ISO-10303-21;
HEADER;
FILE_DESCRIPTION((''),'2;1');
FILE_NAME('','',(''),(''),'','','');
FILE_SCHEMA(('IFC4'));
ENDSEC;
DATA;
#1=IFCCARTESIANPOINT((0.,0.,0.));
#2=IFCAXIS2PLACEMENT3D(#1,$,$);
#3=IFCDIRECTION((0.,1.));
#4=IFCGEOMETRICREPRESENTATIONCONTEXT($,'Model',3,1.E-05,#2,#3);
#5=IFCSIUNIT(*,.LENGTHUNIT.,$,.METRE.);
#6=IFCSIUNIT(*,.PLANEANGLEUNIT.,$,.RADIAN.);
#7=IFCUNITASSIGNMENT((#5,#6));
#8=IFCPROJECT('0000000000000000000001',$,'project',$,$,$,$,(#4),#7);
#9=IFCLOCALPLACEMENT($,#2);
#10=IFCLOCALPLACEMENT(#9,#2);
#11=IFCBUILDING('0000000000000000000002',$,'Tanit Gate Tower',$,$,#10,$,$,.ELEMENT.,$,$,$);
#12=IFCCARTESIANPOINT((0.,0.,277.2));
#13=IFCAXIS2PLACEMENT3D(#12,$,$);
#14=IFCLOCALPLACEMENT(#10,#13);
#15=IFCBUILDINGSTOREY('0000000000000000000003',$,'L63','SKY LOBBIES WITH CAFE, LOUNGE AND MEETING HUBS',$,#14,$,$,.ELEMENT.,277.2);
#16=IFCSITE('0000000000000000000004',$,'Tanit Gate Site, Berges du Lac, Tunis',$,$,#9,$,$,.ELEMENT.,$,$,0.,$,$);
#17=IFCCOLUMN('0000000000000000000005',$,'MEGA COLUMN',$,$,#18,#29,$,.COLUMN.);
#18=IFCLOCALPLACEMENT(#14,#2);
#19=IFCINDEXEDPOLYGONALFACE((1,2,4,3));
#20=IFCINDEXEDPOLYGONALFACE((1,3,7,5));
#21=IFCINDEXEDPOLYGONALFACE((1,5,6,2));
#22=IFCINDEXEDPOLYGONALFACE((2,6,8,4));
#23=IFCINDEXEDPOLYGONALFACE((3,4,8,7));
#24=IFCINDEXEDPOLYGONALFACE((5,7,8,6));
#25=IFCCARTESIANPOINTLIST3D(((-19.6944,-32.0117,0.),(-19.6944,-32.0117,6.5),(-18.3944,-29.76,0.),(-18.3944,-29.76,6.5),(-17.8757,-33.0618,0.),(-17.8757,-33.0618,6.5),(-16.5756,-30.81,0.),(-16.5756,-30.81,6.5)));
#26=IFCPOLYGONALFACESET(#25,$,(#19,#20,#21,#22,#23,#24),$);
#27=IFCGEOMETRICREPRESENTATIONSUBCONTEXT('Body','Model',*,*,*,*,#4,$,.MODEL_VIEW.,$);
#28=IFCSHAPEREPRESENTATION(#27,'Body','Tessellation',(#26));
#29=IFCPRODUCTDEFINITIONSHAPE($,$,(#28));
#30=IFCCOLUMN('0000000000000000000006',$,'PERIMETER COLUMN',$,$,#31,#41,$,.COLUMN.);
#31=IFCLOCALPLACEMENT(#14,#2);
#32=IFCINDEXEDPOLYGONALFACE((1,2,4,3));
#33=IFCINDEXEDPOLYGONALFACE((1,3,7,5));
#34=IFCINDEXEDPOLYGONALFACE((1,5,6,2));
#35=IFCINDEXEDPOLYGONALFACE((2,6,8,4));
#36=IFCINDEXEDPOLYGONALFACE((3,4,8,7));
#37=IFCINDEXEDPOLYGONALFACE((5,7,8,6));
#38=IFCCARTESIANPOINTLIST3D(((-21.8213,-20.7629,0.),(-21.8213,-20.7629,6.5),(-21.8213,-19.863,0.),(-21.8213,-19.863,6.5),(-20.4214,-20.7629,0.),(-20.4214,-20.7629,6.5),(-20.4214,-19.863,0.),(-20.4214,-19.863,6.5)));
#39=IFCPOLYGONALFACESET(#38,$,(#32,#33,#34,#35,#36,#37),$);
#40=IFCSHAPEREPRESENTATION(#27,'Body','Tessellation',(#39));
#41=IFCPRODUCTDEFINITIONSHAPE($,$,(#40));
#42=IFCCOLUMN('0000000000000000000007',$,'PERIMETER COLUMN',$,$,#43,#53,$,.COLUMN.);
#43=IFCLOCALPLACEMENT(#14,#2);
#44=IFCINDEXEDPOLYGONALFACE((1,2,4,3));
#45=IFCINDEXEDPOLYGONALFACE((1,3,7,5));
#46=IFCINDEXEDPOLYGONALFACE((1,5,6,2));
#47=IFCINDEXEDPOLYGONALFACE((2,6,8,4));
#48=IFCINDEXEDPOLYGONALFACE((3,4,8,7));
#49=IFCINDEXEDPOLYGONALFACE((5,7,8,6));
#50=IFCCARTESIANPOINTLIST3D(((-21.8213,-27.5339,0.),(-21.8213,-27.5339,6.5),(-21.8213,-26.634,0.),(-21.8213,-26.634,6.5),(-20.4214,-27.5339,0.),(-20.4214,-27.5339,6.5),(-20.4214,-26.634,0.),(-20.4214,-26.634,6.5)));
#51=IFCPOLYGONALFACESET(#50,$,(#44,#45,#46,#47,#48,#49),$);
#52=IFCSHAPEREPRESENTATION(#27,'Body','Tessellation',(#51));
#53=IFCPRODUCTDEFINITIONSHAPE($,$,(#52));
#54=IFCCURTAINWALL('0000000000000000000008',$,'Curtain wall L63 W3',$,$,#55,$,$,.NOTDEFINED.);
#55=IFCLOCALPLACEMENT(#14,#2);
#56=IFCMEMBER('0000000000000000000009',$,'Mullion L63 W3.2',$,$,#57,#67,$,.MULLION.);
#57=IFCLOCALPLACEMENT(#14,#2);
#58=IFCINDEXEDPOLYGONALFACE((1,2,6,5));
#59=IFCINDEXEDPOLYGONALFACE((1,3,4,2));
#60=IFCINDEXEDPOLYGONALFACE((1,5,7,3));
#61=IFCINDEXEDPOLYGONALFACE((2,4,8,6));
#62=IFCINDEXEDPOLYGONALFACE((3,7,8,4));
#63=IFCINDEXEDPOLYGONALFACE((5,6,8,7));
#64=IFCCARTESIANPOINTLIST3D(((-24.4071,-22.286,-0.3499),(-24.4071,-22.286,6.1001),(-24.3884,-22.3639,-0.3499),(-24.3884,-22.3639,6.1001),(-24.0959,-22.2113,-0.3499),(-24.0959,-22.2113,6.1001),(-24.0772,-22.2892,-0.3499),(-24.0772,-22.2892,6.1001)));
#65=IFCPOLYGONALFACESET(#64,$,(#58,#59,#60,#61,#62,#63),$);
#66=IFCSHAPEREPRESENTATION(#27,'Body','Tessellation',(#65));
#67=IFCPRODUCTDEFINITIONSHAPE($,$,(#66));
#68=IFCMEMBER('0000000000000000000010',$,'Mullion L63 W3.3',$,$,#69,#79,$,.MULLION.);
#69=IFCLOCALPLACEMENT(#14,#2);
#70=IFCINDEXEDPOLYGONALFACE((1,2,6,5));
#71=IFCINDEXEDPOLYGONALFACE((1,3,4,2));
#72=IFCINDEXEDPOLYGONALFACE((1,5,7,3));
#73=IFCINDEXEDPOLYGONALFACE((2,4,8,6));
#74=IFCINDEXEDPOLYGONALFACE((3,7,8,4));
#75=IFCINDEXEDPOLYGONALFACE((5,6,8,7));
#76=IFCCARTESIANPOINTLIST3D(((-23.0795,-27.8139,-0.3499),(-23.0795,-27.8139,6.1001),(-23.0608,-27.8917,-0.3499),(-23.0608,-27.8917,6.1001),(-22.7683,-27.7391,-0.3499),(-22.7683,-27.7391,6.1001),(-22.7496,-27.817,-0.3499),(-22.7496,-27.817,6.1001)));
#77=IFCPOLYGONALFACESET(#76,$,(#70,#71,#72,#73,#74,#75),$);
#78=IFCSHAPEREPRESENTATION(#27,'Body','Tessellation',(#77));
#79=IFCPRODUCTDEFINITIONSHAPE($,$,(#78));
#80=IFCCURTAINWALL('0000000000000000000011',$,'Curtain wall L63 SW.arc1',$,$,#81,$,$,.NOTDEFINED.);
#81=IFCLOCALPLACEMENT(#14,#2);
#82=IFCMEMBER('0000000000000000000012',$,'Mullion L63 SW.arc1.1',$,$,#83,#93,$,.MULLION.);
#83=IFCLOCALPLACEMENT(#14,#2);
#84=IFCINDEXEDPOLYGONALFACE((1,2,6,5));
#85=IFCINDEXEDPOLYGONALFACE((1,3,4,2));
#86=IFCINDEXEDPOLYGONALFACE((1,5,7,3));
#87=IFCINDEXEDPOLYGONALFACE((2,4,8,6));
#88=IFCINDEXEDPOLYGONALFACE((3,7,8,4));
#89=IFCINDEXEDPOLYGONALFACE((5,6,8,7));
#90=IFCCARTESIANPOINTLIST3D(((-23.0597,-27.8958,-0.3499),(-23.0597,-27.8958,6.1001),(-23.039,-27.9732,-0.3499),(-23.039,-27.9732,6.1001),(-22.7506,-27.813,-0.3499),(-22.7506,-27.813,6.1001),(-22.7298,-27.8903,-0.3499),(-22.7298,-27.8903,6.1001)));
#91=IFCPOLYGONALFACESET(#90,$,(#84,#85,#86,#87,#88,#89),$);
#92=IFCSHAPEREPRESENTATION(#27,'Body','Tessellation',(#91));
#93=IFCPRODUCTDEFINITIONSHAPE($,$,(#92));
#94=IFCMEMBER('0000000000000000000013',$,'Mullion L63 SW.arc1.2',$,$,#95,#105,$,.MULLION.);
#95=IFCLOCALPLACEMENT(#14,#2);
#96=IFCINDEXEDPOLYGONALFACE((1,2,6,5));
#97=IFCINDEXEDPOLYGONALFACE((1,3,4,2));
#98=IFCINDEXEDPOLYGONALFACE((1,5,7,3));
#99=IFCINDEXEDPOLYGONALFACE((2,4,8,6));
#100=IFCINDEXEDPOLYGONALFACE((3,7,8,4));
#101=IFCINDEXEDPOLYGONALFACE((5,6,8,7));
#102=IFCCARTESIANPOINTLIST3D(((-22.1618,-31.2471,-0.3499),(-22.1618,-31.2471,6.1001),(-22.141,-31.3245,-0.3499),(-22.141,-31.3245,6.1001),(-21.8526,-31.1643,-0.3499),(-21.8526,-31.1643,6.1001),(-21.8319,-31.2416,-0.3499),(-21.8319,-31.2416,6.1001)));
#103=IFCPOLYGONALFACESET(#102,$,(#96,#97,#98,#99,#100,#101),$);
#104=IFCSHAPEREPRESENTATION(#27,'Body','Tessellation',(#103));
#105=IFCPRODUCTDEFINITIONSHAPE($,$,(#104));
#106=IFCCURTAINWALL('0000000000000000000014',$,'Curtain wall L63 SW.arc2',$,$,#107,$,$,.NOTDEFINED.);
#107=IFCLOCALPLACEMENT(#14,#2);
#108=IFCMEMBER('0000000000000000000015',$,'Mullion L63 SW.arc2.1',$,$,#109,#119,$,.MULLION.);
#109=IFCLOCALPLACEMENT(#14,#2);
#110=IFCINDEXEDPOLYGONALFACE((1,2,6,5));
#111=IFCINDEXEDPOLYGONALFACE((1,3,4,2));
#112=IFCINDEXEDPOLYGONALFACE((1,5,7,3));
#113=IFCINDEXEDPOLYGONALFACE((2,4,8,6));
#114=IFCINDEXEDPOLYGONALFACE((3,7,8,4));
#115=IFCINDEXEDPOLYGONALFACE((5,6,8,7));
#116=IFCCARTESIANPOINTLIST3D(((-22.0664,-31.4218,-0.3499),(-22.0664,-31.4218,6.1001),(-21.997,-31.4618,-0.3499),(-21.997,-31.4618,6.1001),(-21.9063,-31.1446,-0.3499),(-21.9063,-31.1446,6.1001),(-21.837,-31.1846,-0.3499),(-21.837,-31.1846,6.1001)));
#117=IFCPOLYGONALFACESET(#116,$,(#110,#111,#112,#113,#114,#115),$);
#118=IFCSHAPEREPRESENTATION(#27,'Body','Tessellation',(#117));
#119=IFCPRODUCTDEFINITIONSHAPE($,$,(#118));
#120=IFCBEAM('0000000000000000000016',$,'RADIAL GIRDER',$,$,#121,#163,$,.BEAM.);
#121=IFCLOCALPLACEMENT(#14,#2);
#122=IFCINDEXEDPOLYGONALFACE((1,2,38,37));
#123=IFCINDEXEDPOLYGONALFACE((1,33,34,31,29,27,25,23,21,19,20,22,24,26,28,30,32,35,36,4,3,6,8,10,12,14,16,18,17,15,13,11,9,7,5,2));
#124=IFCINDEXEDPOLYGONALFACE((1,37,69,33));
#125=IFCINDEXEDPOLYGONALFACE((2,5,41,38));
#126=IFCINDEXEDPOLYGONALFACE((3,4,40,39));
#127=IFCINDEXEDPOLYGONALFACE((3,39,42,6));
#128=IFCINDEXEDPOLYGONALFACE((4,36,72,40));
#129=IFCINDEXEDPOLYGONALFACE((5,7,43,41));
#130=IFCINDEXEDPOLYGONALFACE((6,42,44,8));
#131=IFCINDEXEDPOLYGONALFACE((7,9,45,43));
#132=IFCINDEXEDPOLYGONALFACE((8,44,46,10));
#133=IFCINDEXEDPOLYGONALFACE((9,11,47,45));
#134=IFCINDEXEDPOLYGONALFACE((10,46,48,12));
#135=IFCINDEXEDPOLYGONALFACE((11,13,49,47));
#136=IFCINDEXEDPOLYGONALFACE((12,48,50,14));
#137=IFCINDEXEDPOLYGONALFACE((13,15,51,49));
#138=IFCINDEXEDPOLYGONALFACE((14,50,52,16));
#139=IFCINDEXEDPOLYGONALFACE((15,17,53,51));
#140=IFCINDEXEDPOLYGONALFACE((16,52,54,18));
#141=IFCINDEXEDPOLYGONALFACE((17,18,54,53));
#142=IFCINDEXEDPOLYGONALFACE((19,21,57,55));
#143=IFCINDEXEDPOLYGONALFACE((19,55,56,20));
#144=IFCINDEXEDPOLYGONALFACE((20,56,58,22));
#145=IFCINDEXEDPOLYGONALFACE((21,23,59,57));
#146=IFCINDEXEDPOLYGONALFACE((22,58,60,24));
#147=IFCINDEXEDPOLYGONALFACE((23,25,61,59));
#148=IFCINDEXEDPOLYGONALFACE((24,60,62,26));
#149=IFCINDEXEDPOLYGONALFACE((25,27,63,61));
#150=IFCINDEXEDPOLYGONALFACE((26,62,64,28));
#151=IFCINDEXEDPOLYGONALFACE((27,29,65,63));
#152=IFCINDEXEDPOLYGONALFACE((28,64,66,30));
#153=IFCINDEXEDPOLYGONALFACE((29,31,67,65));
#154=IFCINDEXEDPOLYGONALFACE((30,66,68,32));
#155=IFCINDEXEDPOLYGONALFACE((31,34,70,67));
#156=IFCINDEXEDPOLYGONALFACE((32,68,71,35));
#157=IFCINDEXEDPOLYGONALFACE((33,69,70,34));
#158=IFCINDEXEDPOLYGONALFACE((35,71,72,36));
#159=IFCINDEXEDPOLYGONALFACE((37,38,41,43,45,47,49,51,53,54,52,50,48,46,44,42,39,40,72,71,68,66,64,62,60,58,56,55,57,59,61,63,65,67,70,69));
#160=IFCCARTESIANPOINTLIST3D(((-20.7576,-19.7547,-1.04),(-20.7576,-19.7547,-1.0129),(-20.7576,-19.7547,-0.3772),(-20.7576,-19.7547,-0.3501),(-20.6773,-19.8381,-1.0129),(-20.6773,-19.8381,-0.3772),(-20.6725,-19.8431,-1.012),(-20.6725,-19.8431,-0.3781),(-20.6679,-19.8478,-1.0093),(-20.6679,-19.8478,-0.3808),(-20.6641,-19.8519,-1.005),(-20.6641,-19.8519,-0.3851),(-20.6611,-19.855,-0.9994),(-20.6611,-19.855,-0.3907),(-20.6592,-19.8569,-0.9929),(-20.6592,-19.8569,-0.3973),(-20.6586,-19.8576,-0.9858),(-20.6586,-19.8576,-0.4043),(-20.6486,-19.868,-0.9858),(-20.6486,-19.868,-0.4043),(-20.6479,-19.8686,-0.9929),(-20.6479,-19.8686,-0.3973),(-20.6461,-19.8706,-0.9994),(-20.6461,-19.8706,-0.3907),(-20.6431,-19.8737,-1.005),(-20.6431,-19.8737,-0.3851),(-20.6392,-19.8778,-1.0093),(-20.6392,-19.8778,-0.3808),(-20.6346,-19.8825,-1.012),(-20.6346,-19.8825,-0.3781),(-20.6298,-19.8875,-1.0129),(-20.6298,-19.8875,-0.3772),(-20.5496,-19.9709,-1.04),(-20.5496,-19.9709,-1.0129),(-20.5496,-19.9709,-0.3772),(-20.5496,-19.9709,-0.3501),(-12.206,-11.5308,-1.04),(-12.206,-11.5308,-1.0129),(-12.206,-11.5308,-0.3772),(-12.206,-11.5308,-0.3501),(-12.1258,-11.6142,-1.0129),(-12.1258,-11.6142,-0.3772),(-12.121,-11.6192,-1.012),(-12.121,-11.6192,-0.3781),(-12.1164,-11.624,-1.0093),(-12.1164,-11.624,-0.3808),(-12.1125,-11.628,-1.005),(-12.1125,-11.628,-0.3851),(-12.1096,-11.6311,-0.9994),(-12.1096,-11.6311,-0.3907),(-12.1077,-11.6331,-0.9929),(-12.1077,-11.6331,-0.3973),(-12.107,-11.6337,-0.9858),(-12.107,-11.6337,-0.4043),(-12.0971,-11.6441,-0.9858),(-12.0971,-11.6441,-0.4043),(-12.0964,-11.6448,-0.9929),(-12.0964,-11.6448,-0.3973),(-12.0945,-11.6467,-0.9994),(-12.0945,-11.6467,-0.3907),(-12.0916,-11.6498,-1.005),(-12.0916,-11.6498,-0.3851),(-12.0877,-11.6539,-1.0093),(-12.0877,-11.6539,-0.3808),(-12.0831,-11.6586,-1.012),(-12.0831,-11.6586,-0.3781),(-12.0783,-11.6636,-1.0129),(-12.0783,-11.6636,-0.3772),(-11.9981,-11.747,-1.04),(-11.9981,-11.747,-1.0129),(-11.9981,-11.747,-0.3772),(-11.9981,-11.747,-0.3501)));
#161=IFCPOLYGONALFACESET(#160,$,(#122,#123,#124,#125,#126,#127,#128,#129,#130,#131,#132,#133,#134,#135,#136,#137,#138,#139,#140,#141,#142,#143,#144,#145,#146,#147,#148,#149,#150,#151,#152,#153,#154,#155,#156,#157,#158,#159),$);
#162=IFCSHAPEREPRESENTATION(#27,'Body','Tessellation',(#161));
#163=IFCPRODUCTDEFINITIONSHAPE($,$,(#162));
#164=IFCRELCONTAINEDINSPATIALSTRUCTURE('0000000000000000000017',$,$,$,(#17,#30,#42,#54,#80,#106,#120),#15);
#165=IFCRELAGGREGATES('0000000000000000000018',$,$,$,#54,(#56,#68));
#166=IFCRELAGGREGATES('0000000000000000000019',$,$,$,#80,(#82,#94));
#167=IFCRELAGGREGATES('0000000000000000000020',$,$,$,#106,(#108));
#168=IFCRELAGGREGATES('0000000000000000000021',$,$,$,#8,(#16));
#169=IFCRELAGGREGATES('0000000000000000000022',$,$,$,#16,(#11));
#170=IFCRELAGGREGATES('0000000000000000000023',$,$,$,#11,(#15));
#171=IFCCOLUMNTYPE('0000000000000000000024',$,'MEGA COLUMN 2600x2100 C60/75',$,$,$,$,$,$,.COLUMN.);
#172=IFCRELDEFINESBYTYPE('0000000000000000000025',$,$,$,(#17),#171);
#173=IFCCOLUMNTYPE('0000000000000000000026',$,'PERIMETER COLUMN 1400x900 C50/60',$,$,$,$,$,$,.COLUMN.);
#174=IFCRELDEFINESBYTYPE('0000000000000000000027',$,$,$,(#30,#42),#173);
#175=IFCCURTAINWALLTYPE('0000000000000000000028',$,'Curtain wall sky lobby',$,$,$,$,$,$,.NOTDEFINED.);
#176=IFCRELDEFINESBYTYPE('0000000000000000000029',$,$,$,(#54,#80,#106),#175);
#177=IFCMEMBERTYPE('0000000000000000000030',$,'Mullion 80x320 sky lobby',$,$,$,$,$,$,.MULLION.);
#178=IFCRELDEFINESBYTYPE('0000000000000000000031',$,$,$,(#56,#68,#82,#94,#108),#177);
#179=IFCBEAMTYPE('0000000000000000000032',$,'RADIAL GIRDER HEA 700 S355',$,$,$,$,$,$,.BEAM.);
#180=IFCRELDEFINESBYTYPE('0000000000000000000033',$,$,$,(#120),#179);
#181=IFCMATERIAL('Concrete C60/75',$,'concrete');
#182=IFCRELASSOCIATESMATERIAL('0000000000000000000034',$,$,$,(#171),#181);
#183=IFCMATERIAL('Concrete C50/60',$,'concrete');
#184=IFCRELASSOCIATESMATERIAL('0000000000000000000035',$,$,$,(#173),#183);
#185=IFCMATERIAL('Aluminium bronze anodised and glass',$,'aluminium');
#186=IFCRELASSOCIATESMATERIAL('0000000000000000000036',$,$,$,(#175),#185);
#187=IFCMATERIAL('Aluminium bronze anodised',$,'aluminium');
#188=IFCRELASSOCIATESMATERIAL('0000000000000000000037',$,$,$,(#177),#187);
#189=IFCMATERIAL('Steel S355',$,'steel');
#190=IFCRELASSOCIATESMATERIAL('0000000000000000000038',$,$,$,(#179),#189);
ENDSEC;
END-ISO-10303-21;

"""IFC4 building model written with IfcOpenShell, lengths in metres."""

from ifc_helpers import new_model, si_unit, direction, frame, origin, origin_2d, place, context, subcontext, project, spatial, rectangle, i_section, extrude, material, material_profile, profile_set, type_object, element, aggregate, save


model = new_model("IFC4")

# Units and contexts
model_context = context("Model", 3, precision=1e-05, world=origin(), true_north=direction((0.0, 1.0)))
body_context = subcontext(model_context, "Body", "Model", "MODEL_VIEW")
ifc_project = project(units=[si_unit("LENGTHUNIT", "METRE"), si_unit("PLANEANGLEUNIT", "RADIAN")], contexts=[model_context])

# Site, building, storey
site_placement = place(None, origin())
site = spatial("IfcSite", under=ifc_project, at=site_placement, Name="Tanit Gate Site, Berges du Lac, Tunis", CompositionType="ELEMENT", RefElevation=0.0)
building_placement = place(site_placement, origin())
building = spatial("IfcBuilding", under=site, at=building_placement, Name="Tanit Gate Tower", CompositionType="ELEMENT")
storey_placement = place(building_placement, frame((0.0, 0.0, 277.2)))
storey = spatial("IfcBuildingStorey", under=building, at=storey_placement, Name="L63", Description="SKY LOBBIES WITH CAFE, LOUNGE AND MEETING HUBS", CompositionType="ELEMENT", Elevation=277.2)

# Columns
ifc_material_1 = material(Name="Concrete C60/75", Category="concrete")
ifc_material_profile_1 = material_profile(ifc_material_1, rectangle(XDim=2.6001, YDim=2.1001, at=origin_2d()), Name="RC 2600x2100")
ifc_profile_set_1 = profile_set([ifc_material_profile_1], Name="Concrete C60/75")
column_type_1 = type_object("IfcColumnType", Name="MEGA COLUMN 2600x2100 C60/75", PredefinedType="COLUMN", material=ifc_profile_set_1)
column_placement = place(storey_placement, frame((-18.135, -31.4109, 0.0), z_axis=(0.0, 0.0, 1.0), x_axis=(-0.5, -0.866025, 0.0)))
element("IfcColumn", 1, at=column_placement, inside=storey, type_object=column_type_1, Name="MEGA COLUMN", PredefinedType="COLUMN", context=body_context, shape_type="SweptSolid", body=[
    extrude(rectangle(XDim=2.6001, YDim=2.1001, at=origin_2d()), origin(), (0.0, 0.0, 1.0), 6.5),
])
ifc_material_2 = material(Name="Concrete C50/60", Category="concrete")
ifc_material_profile_2 = material_profile(ifc_material_2, rectangle(XDim=1.3999, YDim=0.8999, at=origin_2d()), Name="RC 1400x900")
ifc_profile_set_2 = profile_set([ifc_material_profile_2], Name="Concrete C50/60")
column_type_2 = type_object("IfcColumnType", Name="PERIMETER COLUMN 1400x900 C50/60", PredefinedType="COLUMN", material=ifc_profile_set_2)
for number, where, z_axis, x_axis, name in (
    (2, (-21.1213, -20.313, 0.0), (0.0, 0.0, 1.0), (-1.0, 0.0, 0.0), "PERIMETER COLUMN"),
    (3, (-21.1213, -27.084, 0.0), (0.0, 0.0, 1.0), (-1.0, 0.0, 0.0), "PERIMETER COLUMN"),
):
    element("IfcColumn", number, at=place(storey_placement, frame(where, z_axis=z_axis, x_axis=x_axis)), inside=storey, type_object=column_type_2, Name=name, PredefinedType="COLUMN", context=body_context, shape_type="SweptSolid", body=[
        extrude(rectangle(XDim=1.3999, YDim=0.8999, at=origin_2d()), origin(), (0.0, 0.0, 1.0), 6.5),
    ])

# Curtain walls, members
ifc_material_3 = material(Name="Aluminium bronze anodised and glass", Category="aluminium")
curtain_wall_type = type_object("IfcCurtainWallType", Name="Curtain wall sky lobby", PredefinedType="NOTDEFINED", material=ifc_material_3)
curtain_wall_1_placement = place(storey_placement, origin())
curtain_wall_1 = element("IfcCurtainWall", 4, at=curtain_wall_1_placement, inside=storey, type_object=curtain_wall_type, Name="Curtain wall L63 W3", PredefinedType="NOTDEFINED")
ifc_material_4 = material(Name="Aluminium bronze anodised", Category="aluminium")
ifc_material_profile_3 = material_profile(ifc_material_4, rectangle(XDim=0.3201, YDim=0.0801, at=origin_2d()), Name="80x320 bronze mullion")
ifc_profile_set_3 = profile_set([ifc_material_profile_3], Name="Aluminium bronze anodised")
member_type_1 = type_object("IfcMemberType", Name="Mullion 80x320 sky lobby", PredefinedType="MULLION", material=ifc_profile_set_3)
member_1_placement = place(storey_placement, frame((-24.2422, -22.2876, -0.3499), z_axis=(0.0, 0.0, 1.0), x_axis=(0.972347, 0.233542, 0.0)))
member_1 = element("IfcMember", 5, at=member_1_placement, type_object=member_type_1, Name="Mullion L63 W3.2", PredefinedType="MULLION", context=body_context, shape_type="SweptSolid", body=[
    extrude(rectangle(XDim=0.3201, YDim=0.0801, at=origin_2d()), origin(), (0.0, 0.0, 1.0), 6.45),
])
member_2_placement = place(storey_placement, frame((-22.9146, -27.8154, -0.3499), z_axis=(0.0, 0.0, 1.0), x_axis=(0.972347, 0.233542, 0.0)))
member_2 = element("IfcMember", 6, at=member_2_placement, type_object=member_type_1, Name="Mullion L63 W3.3", PredefinedType="MULLION", context=body_context, shape_type="SweptSolid", body=[
    extrude(rectangle(XDim=0.3201, YDim=0.0801, at=origin_2d()), origin(), (0.0, 0.0, 1.0), 6.45),
])
curtain_wall_2_placement = place(storey_placement, origin())
curtain_wall_2 = element("IfcCurtainWall", 7, at=curtain_wall_2_placement, inside=storey, type_object=curtain_wall_type, Name="Curtain wall L63 SW.arc1", PredefinedType="NOTDEFINED")
member_3_placement = place(storey_placement, frame((-22.8948, -27.8931, -0.3499), z_axis=(0.0, 0.0, 1.0), x_axis=(0.965926, 0.258819, 0.0)))
member_3 = element("IfcMember", 8, at=member_3_placement, type_object=member_type_1, Name="Mullion L63 SW.arc1.1", PredefinedType="MULLION", context=body_context, shape_type="SweptSolid", body=[
    extrude(rectangle(XDim=0.3201, YDim=0.0801, at=origin_2d()), origin(), (0.0, 0.0, 1.0), 6.45),
])
member_4_placement = place(storey_placement, frame((-21.9968, -31.2444, -0.3499), z_axis=(0.0, 0.0, 1.0), x_axis=(0.965926, 0.258819, 0.0)))
member_4 = element("IfcMember", 9, at=member_4_placement, type_object=member_type_1, Name="Mullion L63 SW.arc1.2", PredefinedType="MULLION", context=body_context, shape_type="SweptSolid", body=[
    extrude(rectangle(XDim=0.3201, YDim=0.0801, at=origin_2d()), origin(), (0.0, 0.0, 1.0), 6.45),
])

# Curtain wall, member
curtain_wall_3_placement = place(storey_placement, origin())
curtain_wall_3 = element("IfcCurtainWall", 10, at=curtain_wall_3_placement, inside=storey, type_object=curtain_wall_type, Name="Curtain wall L63 SW.arc2", PredefinedType="NOTDEFINED")
member_5_placement = place(storey_placement, frame((-21.9517, -31.3032, -0.3499), z_axis=(0.0, 0.0, 1.0), x_axis=(0.5, 0.866025, 0.0)))
member_5 = element("IfcMember", 11, at=member_5_placement, type_object=member_type_1, Name="Mullion L63 SW.arc2.1", PredefinedType="MULLION", context=body_context, shape_type="SweptSolid", body=[
    extrude(rectangle(XDim=0.3201, YDim=0.0801, at=origin_2d()), origin(), (0.0, 0.0, 1.0), 6.45),
])

# Beam
ifc_material_5 = material(Name="Steel S355", Category="steel")
ifc_material_profile_4 = material_profile(ifc_material_5, i_section(OverallWidth=0.3, OverallDepth=0.6899, WebThickness=0.0144, FlangeThickness=0.0271, FilletRadius=0.0271, at=origin_2d()), Name="HEA 700")
ifc_profile_set_4 = profile_set([ifc_material_profile_4], Name="Steel S355")
beam_type_1 = type_object("IfcBeamType", Name="RADIAL GIRDER HEA 700 S355", PredefinedType="BEAM", material=ifc_profile_set_4)
beam_1_placement = place(storey_placement, frame((-20.6536, -19.8628, -0.6951), z_axis=(0.72078, 0.693164, 0.0), x_axis=(-0.693164, 0.72078, 0.0)))
element("IfcBeam", 12, at=beam_1_placement, inside=storey, type_object=beam_type_1, Name="RADIAL GIRDER", PredefinedType="BEAM", context=body_context, shape_type="SweptSolid", body=[
    extrude(i_section(OverallWidth=0.3, OverallDepth=0.6899, WebThickness=0.0144, FlangeThickness=0.0271, FilletRadius=0.0271, at=origin_2d()), origin(), (0.0, 0.0, 1.0), 11.8643),
])

aggregate(curtain_wall_1, [member_1, member_2])
aggregate(curtain_wall_2, [member_3, member_4])
aggregate(curtain_wall_3, [member_5])

save(model, "model.ifc")
